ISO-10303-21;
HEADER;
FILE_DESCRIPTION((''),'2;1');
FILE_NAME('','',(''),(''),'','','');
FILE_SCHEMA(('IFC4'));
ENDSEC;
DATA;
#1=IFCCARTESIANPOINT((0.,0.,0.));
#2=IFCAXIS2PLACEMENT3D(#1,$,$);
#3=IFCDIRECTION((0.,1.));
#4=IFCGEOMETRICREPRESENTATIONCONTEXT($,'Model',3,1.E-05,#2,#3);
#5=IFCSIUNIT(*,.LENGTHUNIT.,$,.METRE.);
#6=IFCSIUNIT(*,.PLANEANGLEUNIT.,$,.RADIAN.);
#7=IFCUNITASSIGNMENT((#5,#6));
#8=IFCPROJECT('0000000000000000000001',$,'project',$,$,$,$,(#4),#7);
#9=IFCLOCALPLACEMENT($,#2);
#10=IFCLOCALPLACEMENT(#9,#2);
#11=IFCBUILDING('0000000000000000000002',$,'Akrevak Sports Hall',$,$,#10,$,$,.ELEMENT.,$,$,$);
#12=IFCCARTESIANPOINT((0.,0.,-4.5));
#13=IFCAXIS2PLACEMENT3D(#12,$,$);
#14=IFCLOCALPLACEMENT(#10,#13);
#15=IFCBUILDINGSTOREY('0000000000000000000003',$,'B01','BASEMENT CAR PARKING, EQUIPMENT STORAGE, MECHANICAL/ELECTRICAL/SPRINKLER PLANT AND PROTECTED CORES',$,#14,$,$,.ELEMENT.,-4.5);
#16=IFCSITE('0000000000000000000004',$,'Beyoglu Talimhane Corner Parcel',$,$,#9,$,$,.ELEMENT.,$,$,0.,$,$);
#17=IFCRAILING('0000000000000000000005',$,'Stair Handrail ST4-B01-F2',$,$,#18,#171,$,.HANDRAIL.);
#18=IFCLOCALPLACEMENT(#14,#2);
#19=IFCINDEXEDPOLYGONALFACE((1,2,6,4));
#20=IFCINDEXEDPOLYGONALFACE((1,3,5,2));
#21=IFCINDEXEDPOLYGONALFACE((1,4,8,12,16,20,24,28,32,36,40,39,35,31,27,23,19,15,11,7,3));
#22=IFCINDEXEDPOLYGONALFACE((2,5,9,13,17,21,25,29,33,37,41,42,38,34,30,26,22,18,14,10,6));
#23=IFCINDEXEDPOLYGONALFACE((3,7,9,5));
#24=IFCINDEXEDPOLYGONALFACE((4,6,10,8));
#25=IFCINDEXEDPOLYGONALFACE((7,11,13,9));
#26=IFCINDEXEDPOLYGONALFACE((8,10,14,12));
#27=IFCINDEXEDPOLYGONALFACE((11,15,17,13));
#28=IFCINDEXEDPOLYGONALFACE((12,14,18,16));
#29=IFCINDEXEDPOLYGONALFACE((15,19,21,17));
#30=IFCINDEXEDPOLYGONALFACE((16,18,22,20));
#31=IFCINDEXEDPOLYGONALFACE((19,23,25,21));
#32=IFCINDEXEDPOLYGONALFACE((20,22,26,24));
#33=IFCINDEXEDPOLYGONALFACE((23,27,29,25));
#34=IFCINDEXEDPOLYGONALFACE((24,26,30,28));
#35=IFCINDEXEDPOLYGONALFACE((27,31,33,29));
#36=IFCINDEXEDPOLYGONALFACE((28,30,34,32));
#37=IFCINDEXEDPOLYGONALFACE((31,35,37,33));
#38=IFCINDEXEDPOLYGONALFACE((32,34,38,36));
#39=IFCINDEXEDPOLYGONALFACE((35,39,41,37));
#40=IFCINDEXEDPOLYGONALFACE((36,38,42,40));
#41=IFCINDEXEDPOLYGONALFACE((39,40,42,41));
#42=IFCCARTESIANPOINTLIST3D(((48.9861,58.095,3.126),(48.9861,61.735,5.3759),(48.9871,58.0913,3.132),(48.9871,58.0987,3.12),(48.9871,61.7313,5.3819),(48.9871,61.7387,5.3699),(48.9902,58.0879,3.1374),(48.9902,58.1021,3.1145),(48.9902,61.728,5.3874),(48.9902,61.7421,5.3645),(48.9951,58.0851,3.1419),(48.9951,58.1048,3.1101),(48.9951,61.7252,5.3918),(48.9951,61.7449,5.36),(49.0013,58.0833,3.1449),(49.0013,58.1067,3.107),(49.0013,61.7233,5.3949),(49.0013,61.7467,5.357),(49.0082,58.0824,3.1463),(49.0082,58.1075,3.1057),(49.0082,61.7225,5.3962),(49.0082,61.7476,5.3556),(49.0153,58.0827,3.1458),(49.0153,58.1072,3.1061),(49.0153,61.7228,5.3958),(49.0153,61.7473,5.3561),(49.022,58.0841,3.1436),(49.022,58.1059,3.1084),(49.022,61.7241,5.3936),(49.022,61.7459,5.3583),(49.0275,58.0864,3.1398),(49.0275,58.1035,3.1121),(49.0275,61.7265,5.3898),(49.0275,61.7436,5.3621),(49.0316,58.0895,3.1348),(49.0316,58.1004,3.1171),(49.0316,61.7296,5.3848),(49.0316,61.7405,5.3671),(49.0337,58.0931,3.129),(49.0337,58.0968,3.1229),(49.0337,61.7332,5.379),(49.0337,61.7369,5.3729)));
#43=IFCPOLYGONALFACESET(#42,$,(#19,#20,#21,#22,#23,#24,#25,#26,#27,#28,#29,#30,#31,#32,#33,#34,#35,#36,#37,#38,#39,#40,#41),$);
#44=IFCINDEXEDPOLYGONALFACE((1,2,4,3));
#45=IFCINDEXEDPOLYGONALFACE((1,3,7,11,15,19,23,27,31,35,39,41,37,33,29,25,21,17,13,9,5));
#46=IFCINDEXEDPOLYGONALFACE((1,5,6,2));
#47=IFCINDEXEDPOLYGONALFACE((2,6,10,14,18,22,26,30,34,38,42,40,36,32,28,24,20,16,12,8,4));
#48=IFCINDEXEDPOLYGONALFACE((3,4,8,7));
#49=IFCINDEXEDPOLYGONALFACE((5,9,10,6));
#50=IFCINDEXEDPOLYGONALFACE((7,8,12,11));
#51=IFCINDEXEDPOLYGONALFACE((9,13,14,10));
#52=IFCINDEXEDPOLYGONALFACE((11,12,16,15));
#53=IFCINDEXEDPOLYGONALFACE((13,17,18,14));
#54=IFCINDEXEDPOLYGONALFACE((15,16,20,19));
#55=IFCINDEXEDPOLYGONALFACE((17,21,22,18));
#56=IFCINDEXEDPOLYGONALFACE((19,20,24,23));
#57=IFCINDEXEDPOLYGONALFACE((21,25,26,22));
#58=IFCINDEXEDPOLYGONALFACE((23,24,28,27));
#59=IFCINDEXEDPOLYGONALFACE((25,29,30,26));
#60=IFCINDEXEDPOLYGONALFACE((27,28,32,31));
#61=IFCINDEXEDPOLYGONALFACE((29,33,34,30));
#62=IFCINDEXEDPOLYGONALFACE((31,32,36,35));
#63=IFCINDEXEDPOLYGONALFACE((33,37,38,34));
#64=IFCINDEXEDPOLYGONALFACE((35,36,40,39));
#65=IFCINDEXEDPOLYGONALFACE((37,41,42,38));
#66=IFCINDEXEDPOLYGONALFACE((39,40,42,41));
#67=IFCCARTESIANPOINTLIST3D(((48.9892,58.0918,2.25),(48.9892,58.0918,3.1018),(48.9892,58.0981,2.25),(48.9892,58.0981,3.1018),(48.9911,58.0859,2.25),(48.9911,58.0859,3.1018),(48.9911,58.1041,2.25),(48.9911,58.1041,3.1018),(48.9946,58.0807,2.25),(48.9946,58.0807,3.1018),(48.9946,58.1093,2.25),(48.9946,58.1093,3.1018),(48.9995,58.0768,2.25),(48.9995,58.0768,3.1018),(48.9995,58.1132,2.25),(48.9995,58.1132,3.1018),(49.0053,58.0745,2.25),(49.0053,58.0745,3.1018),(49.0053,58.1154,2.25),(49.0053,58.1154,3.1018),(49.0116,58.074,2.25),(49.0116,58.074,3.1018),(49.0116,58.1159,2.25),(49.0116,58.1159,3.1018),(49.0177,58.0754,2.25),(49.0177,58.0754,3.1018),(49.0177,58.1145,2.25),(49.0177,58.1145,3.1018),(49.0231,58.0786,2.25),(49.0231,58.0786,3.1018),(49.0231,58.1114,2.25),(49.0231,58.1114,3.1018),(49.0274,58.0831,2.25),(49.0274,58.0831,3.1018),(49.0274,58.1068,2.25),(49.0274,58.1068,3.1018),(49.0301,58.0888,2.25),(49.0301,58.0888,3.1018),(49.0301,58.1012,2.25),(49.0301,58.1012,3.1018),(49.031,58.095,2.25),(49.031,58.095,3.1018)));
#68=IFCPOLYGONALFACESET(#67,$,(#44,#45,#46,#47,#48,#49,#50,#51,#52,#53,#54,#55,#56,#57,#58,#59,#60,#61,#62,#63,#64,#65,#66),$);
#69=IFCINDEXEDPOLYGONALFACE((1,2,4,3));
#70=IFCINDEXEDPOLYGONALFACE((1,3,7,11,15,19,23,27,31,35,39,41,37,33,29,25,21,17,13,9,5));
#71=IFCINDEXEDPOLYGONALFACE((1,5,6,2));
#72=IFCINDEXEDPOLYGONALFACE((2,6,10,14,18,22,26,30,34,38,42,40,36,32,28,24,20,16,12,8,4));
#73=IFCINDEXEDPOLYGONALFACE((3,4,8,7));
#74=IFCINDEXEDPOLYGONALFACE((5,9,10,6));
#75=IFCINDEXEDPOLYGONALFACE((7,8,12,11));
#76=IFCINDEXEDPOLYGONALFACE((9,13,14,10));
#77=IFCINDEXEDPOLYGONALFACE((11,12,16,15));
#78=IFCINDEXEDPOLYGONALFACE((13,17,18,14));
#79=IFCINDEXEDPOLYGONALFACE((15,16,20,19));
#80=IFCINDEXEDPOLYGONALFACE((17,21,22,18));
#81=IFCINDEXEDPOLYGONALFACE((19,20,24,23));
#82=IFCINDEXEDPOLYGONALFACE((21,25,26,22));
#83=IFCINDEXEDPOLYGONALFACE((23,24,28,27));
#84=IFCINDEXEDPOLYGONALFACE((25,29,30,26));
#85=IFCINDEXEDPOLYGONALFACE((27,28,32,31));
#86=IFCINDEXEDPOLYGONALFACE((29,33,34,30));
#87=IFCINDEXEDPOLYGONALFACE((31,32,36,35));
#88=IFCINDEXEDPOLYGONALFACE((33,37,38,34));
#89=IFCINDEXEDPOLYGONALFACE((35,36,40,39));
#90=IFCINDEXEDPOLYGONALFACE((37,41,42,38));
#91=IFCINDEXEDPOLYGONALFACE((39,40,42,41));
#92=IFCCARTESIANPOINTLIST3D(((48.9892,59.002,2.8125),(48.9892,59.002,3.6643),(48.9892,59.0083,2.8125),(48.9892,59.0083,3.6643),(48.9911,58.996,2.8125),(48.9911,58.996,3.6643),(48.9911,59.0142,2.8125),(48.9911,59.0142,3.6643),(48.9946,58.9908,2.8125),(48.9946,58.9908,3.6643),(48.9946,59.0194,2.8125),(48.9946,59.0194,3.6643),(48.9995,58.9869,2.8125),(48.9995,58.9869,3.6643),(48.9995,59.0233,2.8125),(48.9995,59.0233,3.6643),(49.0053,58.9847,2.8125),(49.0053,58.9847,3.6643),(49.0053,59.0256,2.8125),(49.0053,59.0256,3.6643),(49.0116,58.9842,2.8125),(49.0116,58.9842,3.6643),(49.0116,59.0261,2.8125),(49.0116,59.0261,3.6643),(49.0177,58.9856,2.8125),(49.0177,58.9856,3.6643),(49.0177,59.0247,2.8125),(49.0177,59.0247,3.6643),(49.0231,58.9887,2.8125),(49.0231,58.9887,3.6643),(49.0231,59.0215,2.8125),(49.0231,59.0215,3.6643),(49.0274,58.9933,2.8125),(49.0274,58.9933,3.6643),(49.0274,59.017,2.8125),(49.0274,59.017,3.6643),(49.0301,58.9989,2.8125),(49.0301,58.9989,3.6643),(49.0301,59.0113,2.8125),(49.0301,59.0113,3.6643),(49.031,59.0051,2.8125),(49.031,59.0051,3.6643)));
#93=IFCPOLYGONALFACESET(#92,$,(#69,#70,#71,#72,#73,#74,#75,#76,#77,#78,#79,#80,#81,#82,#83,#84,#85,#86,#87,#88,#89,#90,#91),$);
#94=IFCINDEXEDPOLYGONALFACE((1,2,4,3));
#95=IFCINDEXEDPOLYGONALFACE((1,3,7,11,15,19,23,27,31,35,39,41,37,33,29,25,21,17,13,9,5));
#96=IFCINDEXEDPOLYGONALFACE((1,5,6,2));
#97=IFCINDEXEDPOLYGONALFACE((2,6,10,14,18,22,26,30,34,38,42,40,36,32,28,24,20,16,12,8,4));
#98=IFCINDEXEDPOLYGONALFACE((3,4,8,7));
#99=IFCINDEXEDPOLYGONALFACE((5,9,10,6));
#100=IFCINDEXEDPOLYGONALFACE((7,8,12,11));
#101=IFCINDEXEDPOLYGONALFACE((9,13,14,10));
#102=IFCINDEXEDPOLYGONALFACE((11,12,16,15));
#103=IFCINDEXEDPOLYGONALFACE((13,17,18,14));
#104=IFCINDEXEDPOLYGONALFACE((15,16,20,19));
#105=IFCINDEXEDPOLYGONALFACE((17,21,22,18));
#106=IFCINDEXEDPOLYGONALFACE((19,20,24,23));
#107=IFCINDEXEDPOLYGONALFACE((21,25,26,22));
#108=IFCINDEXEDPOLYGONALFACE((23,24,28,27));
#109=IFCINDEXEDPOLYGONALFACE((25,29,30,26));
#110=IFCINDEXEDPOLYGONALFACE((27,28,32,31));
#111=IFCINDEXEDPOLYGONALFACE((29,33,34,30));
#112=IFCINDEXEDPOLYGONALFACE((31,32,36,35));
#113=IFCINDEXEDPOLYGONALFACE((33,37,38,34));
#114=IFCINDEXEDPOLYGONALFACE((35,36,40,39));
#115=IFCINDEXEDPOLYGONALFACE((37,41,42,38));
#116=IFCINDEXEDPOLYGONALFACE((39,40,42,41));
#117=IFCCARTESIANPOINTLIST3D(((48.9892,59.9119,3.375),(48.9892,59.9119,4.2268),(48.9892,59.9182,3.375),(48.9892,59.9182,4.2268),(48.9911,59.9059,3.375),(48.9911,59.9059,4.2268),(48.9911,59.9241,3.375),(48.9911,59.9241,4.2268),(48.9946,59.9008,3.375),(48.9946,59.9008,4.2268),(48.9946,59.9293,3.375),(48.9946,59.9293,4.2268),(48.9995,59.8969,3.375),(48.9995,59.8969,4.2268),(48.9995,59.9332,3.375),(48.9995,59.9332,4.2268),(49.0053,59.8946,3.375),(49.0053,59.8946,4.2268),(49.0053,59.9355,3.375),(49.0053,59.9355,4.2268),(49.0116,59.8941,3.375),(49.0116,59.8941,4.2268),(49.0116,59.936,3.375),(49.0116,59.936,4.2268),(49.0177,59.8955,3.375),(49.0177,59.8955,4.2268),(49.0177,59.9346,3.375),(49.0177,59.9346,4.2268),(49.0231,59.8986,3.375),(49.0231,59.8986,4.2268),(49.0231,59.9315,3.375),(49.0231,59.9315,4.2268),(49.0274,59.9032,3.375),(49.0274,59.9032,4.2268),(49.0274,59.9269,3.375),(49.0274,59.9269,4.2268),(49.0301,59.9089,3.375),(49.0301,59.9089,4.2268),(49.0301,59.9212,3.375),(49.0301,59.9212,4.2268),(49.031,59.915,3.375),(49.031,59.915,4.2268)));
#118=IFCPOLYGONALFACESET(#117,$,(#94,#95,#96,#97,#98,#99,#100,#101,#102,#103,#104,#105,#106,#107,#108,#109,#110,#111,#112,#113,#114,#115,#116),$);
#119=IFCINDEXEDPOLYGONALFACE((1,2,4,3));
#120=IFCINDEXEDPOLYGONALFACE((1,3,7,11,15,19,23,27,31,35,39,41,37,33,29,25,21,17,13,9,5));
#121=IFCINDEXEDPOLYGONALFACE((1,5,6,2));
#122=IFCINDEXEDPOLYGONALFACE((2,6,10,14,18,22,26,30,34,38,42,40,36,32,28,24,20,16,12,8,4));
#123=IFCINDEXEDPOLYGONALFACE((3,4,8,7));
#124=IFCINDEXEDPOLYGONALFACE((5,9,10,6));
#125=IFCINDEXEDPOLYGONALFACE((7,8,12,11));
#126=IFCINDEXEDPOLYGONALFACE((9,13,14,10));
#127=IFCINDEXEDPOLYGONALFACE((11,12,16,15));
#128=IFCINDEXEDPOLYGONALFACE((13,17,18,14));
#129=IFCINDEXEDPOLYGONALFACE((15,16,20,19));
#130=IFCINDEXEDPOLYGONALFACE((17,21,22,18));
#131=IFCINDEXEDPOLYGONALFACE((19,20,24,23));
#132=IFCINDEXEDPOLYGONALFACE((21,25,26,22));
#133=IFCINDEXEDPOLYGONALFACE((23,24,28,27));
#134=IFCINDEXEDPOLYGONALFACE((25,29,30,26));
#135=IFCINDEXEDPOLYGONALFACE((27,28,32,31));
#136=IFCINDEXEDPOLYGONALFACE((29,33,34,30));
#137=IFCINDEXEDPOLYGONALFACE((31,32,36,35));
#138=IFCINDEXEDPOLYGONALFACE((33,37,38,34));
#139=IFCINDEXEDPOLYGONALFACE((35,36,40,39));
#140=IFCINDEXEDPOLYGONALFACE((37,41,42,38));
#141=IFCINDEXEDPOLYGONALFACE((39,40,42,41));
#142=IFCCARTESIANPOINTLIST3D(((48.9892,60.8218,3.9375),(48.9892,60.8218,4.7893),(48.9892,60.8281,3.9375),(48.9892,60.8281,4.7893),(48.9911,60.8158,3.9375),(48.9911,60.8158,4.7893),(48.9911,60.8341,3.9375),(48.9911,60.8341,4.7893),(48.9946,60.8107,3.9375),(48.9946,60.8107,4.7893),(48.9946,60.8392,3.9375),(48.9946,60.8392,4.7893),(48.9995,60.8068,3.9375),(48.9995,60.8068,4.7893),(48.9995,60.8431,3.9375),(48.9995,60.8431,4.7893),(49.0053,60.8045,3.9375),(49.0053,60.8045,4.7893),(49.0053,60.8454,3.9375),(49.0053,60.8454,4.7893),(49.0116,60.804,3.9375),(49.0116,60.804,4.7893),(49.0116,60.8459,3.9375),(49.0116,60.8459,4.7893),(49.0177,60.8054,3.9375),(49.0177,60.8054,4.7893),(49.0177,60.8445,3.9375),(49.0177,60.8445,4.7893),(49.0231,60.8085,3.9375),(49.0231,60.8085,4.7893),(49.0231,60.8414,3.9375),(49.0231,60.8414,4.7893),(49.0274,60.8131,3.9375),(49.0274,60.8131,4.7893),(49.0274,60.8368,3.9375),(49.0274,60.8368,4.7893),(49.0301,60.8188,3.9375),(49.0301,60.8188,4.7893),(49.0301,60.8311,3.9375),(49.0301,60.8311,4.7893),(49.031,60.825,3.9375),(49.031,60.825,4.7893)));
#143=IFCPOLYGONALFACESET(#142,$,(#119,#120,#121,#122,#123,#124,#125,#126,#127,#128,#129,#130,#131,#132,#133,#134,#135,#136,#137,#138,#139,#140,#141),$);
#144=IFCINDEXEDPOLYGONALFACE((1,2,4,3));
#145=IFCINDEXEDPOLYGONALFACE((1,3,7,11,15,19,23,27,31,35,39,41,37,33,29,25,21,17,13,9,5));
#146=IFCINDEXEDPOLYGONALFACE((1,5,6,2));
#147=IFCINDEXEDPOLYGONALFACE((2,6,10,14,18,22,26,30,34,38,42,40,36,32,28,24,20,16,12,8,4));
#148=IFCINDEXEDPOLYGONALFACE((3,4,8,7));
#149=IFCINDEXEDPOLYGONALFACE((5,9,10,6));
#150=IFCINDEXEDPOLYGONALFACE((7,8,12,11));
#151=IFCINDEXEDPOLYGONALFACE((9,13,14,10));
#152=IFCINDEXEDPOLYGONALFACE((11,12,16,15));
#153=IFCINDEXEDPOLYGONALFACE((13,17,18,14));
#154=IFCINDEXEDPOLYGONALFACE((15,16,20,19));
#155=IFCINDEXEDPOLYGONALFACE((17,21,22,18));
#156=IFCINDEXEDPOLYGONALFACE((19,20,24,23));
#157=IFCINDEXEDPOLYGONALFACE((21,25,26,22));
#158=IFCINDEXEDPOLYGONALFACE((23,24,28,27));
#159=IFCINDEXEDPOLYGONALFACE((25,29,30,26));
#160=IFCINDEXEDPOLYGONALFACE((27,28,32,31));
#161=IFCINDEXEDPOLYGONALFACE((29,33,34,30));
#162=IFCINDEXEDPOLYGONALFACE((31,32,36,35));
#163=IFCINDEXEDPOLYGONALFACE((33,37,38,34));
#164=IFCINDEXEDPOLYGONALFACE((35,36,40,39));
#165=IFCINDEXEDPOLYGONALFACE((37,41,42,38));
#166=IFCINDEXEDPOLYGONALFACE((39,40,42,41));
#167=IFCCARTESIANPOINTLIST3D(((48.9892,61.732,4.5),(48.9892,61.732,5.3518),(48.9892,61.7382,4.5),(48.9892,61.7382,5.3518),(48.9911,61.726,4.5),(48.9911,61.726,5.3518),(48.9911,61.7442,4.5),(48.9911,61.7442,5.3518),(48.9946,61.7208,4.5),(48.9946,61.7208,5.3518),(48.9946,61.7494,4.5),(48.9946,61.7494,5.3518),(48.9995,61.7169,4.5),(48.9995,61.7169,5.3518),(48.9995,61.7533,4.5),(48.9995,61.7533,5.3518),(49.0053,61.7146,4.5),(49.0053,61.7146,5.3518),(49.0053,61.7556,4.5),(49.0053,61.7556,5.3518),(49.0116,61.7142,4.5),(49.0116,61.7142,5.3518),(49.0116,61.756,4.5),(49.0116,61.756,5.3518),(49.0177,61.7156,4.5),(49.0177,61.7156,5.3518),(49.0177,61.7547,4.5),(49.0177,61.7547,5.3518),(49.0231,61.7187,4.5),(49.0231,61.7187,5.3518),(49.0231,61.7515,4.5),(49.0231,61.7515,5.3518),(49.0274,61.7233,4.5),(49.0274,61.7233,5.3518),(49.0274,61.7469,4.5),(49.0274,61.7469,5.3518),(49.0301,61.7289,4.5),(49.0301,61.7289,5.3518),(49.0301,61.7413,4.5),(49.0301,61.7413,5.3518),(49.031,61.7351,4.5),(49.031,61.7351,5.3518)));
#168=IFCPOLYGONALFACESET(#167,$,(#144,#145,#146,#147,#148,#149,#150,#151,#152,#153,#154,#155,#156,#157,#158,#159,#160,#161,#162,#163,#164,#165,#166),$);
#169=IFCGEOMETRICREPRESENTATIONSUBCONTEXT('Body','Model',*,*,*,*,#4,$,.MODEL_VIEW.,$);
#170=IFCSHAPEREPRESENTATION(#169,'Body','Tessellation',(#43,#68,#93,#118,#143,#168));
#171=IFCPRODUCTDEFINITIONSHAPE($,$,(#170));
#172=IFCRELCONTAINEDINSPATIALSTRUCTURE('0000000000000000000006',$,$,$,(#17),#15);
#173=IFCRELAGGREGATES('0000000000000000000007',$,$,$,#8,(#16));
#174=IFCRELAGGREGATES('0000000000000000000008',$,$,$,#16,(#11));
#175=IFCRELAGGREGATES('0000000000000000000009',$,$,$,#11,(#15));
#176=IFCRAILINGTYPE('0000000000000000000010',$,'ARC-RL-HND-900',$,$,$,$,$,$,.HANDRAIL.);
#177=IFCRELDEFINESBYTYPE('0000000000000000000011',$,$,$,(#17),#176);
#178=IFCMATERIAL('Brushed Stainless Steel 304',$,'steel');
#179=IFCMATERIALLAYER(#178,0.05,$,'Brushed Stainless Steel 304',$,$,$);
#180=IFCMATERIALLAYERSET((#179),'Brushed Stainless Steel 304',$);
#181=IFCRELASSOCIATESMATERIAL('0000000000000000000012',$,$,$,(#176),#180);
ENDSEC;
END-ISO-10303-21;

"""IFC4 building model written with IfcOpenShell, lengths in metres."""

from ifc_helpers import new_model, si_unit, direction, frame, origin, origin_2d, place, context, subcontext, project, spatial, circle, extrude, material, layer, layer_set, type_object, element, save


model = new_model("IFC4")

# Units and contexts
model_context = context("Model", 3, precision=1e-05, world=origin(), true_north=direction((0.0, 1.0)))
body_context = subcontext(model_context, "Body", "Model", "MODEL_VIEW")
ifc_project = project(units=[si_unit("LENGTHUNIT", "METRE"), si_unit("PLANEANGLEUNIT", "RADIAN")], contexts=[model_context])

# Site, building, storey
site_placement = place(None, origin())
site = spatial("IfcSite", under=ifc_project, at=site_placement, Name="Beyoglu Talimhane Corner Parcel", CompositionType="ELEMENT", RefElevation=0.0)
building_placement = place(site_placement, origin())
building = spatial("IfcBuilding", under=site, at=building_placement, Name="Akrevak Sports Hall", CompositionType="ELEMENT")
storey_placement = place(building_placement, frame((0.0, 0.0, -4.5)))
storey = spatial("IfcBuildingStorey", under=building, at=storey_placement, Name="B01", Description="BASEMENT CAR PARKING, EQUIPMENT STORAGE, MECHANICAL/ELECTRICAL/SPRINKLER PLANT AND PROTECTED CORES", CompositionType="ELEMENT", Elevation=-4.5)

# Railing
ifc_material_1 = material(Name="Brushed Stainless Steel 304", Category="steel")
ifc_layer_1 = layer(ifc_material_1, 0.05, Name="Brushed Stainless Steel 304")
ifc_layer_set_1 = layer_set([ifc_layer_1], Name="Brushed Stainless Steel 304")
railing_type_1 = type_object("IfcRailingType", Name="ARC-RL-HND-900", PredefinedType="HANDRAIL", material=ifc_layer_set_1)
railing_1_placement = place(storey_placement, frame((49.01, 58.095, 2.25)))
element("IfcRailing", 1, at=railing_1_placement, inside=storey, type_object=railing_type_1, Name="Stair Handrail ST4-B01-F2", PredefinedType="HANDRAIL", context=body_context, shape_type="SweptSolid", body=[
    extrude(circle(Radius=0.0239, at=origin_2d()), frame((0.0, 0.0, 0.876), z_axis=(0.0, 0.850622, 0.525777), x_axis=(-1.0, 0.0, 0.0)), (0.0, 0.0, 1.0), 4.2793),
    extrude(circle(Radius=0.021, at=origin_2d()), origin(), (0.0, 0.0, 1.0), 0.8518),
    extrude(circle(Radius=0.021, at=origin_2d()), frame((0.0, 0.9102, 0.5625)), (0.0, 0.0, 1.0), 0.8518),
    extrude(circle(Radius=0.021, at=origin_2d()), frame((0.0, 1.8201, 1.125)), (0.0, 0.0, 1.0), 0.8518),
    extrude(circle(Radius=0.021, at=origin_2d()), frame((0.0, 2.73, 1.6875)), (0.0, 0.0, 1.0), 0.8518),
    extrude(circle(Radius=0.021, at=origin_2d()), frame((0.0, 3.6401, 2.25)), (0.0, 0.0, 1.0), 0.8518),
])

save(model, "model.ifc")
